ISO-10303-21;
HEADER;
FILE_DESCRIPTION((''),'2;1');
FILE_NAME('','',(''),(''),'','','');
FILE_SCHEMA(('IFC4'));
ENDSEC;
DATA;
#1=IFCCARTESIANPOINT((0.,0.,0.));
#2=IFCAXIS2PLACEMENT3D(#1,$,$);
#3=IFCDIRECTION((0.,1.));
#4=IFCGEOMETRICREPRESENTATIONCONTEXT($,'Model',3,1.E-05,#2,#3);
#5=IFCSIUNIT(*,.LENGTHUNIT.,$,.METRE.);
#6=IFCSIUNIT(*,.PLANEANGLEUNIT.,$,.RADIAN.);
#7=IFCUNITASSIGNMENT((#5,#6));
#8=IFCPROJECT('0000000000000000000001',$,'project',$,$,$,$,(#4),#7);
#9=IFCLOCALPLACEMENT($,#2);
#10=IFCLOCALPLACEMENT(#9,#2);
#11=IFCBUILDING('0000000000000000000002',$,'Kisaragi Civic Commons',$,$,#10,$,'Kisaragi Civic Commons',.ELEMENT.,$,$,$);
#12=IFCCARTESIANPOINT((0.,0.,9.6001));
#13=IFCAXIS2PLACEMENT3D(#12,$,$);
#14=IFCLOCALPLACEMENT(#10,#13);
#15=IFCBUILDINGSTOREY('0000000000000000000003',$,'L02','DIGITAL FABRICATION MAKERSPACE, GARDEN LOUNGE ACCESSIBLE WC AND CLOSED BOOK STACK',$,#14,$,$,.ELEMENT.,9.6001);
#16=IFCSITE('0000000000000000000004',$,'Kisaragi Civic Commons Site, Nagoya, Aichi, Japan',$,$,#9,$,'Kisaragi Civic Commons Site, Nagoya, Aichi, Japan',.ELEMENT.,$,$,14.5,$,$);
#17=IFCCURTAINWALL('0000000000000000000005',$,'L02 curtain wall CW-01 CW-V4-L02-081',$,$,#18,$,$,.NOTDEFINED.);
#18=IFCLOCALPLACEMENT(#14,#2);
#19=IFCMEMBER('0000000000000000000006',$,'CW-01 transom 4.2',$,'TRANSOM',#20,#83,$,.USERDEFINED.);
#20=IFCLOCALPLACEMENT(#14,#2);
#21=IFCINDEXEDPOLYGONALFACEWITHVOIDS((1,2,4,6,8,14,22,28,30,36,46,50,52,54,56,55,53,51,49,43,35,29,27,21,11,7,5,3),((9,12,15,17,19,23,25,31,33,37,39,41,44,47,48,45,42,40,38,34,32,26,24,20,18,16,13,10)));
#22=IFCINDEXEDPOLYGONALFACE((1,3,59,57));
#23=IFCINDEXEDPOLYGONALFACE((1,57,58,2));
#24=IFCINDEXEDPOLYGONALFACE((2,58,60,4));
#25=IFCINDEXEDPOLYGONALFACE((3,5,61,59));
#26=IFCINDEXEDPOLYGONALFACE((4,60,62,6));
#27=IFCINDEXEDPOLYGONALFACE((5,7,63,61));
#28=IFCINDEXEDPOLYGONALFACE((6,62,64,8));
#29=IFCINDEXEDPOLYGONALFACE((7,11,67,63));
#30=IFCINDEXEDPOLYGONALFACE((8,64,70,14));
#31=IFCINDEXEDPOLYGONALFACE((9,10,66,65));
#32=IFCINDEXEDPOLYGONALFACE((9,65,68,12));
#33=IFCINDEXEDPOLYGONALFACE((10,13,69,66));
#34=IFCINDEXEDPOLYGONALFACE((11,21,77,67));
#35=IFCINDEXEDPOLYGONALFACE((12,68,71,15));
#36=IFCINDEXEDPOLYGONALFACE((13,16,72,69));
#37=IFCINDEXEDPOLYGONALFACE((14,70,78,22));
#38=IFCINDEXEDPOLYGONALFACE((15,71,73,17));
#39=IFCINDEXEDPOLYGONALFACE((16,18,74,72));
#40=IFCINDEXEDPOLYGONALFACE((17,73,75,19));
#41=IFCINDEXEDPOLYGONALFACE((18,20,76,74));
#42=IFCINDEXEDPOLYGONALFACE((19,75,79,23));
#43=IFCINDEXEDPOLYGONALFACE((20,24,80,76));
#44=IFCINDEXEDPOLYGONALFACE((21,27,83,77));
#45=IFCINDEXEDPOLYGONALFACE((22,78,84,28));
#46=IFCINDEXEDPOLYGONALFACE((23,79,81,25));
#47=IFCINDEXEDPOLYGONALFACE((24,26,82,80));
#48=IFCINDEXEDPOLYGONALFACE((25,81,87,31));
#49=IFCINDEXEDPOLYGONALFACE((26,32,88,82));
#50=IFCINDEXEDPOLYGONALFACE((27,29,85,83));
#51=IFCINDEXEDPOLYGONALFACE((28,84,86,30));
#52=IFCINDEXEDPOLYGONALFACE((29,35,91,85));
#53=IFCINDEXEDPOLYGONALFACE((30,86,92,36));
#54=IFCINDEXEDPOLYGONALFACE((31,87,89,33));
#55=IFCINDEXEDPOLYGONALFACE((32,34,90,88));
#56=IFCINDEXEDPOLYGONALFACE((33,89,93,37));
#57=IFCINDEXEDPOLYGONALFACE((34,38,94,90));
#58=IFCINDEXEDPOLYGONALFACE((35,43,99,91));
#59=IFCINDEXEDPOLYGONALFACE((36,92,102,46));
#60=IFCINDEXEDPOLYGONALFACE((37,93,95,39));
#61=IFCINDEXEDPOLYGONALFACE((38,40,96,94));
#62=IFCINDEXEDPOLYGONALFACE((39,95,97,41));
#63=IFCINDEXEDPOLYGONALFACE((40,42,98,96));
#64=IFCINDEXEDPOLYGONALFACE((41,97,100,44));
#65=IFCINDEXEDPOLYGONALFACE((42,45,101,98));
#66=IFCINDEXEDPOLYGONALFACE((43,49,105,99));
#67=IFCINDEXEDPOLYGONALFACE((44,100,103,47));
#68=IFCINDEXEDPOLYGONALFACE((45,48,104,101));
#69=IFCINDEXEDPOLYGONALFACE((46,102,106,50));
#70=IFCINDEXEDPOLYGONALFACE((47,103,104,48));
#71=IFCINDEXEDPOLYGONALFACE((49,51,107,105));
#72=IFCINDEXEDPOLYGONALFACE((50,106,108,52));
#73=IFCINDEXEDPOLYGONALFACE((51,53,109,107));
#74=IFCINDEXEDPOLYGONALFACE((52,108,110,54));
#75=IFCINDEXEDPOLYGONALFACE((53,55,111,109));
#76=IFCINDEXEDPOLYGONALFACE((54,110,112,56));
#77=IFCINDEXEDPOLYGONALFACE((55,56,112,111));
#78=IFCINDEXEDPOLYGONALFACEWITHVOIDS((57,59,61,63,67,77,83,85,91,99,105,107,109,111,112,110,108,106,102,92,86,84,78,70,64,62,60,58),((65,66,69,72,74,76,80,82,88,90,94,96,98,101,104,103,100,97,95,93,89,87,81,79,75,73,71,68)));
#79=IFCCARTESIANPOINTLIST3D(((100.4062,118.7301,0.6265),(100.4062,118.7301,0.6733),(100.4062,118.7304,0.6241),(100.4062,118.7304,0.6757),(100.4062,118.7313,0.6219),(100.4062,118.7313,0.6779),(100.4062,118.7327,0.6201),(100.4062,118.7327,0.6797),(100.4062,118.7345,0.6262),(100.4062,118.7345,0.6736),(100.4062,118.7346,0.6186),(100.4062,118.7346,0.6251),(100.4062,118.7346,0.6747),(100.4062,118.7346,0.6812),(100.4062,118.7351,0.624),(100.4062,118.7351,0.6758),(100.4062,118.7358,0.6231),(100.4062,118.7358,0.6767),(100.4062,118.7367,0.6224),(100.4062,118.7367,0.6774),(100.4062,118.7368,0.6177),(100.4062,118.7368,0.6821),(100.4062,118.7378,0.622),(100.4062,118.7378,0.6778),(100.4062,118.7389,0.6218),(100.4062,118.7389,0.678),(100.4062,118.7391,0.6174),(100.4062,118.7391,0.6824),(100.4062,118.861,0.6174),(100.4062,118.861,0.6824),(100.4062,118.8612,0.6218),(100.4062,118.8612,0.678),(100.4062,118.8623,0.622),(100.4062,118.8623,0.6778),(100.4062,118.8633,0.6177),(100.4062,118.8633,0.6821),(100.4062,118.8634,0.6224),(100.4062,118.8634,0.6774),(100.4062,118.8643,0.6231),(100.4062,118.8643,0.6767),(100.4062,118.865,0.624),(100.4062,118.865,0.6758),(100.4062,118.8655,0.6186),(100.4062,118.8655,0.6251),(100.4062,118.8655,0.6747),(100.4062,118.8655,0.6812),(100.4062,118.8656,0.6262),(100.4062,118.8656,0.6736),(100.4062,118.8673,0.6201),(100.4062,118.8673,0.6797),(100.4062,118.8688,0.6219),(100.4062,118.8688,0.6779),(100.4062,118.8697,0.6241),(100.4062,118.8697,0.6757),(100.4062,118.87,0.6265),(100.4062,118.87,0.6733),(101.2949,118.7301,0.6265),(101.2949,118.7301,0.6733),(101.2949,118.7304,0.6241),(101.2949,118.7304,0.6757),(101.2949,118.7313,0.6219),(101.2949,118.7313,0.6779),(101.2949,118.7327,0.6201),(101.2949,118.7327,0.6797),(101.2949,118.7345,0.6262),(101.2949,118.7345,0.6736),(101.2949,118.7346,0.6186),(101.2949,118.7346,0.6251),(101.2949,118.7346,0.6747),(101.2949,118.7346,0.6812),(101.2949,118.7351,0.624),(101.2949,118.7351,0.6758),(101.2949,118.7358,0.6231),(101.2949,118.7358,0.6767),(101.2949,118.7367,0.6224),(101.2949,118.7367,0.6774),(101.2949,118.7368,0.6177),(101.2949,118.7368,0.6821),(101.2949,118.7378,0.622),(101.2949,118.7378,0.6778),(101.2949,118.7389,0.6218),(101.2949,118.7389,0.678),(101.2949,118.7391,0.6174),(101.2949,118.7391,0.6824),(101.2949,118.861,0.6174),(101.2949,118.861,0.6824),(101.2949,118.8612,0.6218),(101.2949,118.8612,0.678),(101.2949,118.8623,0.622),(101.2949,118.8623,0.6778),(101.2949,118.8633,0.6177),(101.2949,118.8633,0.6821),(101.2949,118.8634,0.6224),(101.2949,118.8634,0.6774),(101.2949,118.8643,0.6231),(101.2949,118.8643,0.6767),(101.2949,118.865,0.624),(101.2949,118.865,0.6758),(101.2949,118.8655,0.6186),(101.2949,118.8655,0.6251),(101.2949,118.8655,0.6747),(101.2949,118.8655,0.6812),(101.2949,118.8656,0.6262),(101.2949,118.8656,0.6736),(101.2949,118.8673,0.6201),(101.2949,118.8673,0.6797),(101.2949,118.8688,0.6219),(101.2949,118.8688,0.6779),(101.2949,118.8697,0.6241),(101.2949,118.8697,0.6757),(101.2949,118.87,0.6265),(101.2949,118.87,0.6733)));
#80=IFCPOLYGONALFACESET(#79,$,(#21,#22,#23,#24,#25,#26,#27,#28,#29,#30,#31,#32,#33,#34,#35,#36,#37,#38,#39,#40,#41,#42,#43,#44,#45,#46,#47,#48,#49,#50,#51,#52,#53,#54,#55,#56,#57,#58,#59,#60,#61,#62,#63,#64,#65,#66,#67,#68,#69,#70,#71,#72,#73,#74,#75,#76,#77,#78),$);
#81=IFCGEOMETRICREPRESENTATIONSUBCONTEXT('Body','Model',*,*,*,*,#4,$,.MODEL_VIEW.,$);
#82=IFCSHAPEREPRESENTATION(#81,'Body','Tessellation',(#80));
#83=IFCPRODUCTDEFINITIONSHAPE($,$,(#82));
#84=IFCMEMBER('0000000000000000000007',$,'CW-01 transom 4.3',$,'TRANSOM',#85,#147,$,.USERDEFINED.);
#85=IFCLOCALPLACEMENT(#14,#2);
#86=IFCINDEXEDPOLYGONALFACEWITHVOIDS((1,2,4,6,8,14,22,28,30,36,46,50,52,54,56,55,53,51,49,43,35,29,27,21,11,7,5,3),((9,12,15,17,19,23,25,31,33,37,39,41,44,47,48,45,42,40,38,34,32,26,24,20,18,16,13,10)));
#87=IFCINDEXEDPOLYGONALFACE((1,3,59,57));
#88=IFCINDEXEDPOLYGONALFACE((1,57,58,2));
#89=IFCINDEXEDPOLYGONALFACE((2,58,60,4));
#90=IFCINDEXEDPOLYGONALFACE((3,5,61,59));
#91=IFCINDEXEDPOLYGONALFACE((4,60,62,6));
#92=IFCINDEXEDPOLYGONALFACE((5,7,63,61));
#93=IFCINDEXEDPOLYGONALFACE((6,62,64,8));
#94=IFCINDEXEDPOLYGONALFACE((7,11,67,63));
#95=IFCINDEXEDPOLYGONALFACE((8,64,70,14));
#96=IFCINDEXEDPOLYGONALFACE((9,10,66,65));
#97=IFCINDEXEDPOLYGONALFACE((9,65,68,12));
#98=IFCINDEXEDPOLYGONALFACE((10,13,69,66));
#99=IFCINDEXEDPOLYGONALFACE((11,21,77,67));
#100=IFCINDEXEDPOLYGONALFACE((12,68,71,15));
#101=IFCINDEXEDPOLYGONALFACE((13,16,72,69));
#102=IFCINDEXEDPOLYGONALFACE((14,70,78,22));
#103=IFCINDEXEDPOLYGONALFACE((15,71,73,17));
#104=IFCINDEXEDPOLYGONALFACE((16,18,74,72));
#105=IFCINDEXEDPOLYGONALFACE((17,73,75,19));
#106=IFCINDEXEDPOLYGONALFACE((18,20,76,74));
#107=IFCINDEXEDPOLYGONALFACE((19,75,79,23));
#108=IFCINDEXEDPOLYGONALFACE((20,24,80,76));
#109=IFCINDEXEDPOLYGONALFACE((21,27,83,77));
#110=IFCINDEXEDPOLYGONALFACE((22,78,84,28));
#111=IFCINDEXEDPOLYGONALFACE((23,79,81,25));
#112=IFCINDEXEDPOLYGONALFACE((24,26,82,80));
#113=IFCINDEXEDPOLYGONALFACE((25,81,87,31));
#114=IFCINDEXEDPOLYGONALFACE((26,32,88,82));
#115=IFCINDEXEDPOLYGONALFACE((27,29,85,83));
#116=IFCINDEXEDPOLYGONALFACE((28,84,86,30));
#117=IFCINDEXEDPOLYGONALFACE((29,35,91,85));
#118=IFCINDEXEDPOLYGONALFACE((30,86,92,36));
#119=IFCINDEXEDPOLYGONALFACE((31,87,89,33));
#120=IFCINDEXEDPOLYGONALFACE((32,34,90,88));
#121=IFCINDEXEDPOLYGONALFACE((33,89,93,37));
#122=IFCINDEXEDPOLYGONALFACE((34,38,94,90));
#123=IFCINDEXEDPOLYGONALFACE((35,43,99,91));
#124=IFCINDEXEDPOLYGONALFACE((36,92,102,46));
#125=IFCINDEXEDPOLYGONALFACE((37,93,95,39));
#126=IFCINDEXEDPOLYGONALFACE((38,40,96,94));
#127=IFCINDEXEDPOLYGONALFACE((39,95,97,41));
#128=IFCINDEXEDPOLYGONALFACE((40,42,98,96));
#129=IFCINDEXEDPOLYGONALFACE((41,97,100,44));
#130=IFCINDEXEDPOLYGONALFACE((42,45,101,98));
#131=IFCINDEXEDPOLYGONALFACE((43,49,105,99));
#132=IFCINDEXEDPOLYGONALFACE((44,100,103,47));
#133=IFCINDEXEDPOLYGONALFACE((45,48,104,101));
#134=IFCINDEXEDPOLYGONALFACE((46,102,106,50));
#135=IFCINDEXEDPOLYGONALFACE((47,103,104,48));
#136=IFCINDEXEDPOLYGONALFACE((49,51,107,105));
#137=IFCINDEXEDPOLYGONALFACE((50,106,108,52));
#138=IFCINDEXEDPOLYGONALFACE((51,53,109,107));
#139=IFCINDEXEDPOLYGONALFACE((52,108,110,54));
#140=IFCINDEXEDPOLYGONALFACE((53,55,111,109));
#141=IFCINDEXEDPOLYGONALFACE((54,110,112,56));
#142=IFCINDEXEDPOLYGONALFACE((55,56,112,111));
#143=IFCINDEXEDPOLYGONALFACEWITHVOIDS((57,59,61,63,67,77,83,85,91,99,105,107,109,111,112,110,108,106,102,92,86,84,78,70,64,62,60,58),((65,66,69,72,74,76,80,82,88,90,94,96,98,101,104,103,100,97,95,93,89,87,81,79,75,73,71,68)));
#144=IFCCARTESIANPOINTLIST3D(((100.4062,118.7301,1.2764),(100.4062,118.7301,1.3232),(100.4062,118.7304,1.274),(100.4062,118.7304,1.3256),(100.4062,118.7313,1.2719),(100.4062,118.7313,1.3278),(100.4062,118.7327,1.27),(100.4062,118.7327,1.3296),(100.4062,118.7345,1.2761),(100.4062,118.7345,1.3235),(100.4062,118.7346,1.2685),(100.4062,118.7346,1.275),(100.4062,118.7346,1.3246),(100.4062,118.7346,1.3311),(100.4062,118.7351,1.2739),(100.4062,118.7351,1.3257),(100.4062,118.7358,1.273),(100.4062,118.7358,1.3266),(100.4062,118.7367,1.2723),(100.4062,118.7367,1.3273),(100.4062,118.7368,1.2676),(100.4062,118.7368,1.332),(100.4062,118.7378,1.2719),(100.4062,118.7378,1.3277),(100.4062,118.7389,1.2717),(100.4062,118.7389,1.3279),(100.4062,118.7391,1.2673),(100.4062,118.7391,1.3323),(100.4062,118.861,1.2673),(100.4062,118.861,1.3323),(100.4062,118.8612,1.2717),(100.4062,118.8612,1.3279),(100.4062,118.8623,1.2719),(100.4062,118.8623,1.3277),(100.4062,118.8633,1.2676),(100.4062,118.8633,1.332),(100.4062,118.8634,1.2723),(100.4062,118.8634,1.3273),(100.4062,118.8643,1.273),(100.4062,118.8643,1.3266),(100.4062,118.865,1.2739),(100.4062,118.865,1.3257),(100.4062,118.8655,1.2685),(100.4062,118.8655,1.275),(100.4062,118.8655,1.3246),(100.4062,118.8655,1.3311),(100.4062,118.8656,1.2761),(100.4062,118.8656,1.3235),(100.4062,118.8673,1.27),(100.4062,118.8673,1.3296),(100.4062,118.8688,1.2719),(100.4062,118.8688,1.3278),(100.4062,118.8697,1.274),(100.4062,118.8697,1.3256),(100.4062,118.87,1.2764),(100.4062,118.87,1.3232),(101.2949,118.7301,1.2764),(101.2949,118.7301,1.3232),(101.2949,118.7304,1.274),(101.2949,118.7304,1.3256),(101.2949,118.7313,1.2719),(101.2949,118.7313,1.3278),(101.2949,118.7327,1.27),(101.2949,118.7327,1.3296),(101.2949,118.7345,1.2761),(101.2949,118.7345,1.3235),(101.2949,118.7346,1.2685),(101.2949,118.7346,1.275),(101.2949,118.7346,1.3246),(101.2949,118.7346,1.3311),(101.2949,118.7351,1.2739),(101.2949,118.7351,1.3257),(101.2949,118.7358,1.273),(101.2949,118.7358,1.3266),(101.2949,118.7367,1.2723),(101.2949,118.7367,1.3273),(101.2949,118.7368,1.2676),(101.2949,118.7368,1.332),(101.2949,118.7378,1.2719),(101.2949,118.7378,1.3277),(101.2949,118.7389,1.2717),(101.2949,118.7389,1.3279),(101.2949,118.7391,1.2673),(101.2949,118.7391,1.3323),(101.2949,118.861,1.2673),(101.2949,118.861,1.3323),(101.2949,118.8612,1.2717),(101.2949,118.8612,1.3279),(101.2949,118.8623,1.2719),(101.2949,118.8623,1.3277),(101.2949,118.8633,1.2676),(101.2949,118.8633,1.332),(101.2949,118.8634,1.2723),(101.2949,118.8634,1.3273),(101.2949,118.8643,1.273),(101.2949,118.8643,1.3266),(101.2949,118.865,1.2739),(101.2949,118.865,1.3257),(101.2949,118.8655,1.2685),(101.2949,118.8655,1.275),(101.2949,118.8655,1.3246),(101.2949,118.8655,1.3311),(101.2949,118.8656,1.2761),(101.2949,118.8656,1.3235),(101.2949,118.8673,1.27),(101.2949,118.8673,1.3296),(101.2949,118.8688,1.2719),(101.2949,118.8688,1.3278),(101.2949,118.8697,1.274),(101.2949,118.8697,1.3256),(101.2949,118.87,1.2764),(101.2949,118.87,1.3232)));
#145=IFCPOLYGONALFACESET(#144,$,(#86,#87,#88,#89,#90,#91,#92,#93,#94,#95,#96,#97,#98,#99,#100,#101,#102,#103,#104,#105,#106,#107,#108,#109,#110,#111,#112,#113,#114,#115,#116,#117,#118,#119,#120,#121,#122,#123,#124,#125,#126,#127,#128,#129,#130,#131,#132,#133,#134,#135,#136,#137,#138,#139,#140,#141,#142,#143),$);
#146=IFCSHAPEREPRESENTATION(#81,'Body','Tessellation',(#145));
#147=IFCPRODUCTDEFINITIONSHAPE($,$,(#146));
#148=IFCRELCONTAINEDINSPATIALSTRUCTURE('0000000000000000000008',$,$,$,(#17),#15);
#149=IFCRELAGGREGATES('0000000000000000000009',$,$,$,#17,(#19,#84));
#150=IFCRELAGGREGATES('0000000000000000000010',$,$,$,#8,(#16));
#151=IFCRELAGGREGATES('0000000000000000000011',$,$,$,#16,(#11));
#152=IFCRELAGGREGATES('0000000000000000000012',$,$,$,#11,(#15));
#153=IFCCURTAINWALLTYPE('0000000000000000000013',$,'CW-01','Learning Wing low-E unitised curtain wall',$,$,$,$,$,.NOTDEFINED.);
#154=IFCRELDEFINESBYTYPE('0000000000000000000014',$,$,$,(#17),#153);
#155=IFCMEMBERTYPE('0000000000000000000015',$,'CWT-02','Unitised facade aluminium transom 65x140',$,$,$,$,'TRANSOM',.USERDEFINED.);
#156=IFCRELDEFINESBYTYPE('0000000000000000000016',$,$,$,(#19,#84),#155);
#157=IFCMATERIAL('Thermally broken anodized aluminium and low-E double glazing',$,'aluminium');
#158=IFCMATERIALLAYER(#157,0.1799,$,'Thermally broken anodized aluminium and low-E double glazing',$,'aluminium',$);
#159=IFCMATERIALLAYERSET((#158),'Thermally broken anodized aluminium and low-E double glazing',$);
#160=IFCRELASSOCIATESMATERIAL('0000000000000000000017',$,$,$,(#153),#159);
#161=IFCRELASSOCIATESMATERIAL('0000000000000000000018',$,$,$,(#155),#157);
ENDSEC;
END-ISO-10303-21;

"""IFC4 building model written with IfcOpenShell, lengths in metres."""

from ifc_helpers import new_model, si_unit, direction, frame, origin, origin_2d, place, context, subcontext, project, spatial, hollow_rectangle, extrude, material, layer, layer_set, material_profile, profile_set, type_object, element, aggregate, save


model = new_model("IFC4")

# Units and contexts
model_context = context("Model", 3, precision=1e-05, world=origin(), true_north=direction((0.0, 1.0)))
body_context = subcontext(model_context, "Body", "Model", "MODEL_VIEW")
ifc_project = project(units=[si_unit("LENGTHUNIT", "METRE"), si_unit("PLANEANGLEUNIT", "RADIAN")], contexts=[model_context])

# Site, building, storey
site_placement = place(None, origin())
site = spatial("IfcSite", under=ifc_project, at=site_placement, Name="Kisaragi Civic Commons Site, Nagoya, Aichi, Japan", LongName="Kisaragi Civic Commons Site, Nagoya, Aichi, Japan", CompositionType="ELEMENT", RefElevation=14.5)
building_placement = place(site_placement, origin())
building = spatial("IfcBuilding", under=site, at=building_placement, Name="Kisaragi Civic Commons", LongName="Kisaragi Civic Commons", CompositionType="ELEMENT")
storey_placement = place(building_placement, frame((0.0, 0.0, 9.6001)))
storey = spatial("IfcBuildingStorey", under=building, at=storey_placement, Name="L02", Description="DIGITAL FABRICATION MAKERSPACE, GARDEN LOUNGE ACCESSIBLE WC AND CLOSED BOOK STACK", CompositionType="ELEMENT", Elevation=9.6001)

# Curtain wall
ifc_material = material(Name="Thermally broken anodized aluminium and low-E double glazing", Category="aluminium")
ifc_layer_1 = layer(ifc_material, 0.1799, Name="Thermally broken anodized aluminium and low-E double glazing", Category="aluminium")
ifc_layer_set_1 = layer_set([ifc_layer_1], Name="Thermally broken anodized aluminium and low-E double glazing")
curtain_wall_type = type_object("IfcCurtainWallType", Name="CW-01", Description="Learning Wing low-E unitised curtain wall", PredefinedType="NOTDEFINED", material=ifc_layer_set_1)
curtain_wall_1_placement = place(storey_placement, origin())
curtain_wall_1 = element("IfcCurtainWall", 1, at=curtain_wall_1_placement, inside=storey, type_object=curtain_wall_type, Name="L02 curtain wall CW-01 CW-V4-L02-081", PredefinedType="NOTDEFINED")

# Members
ifc_material_profile_1 = material_profile(ifc_material, hollow_rectangle(XDim=0.1399, YDim=0.0649, WallThickness=0.0044, InnerFilletRadius=0.0044, OuterFilletRadius=0.009, at=origin_2d()), Name="CWT-65x140x4.5", Category="aluminium")
ifc_profile_set_1 = profile_set([ifc_material_profile_1], Name="Thermally broken anodized aluminium and low-E double glazing")
member_type_1 = type_object("IfcMemberType", Name="CWT-02", Description="Unitised facade aluminium transom 65x140", ElementType="TRANSOM", PredefinedType="USERDEFINED", material=ifc_profile_set_1)
member_1_placement = place(storey_placement, frame((100.4062, 118.8, 0.6499), z_axis=(1.0, 0.0, 0.0), x_axis=(0.0, 1.0, 0.0)))
member_1 = element("IfcMember", 2, at=member_1_placement, type_object=member_type_1, Name="CW-01 transom 4.2", ObjectType="TRANSOM", PredefinedType="USERDEFINED", context=body_context, shape_type="SweptSolid", body=[
    extrude(hollow_rectangle(XDim=0.1399, YDim=0.0649, WallThickness=0.0044, InnerFilletRadius=0.0044, OuterFilletRadius=0.009, at=origin_2d()), origin(), (0.0, 0.0, 1.0), 0.8887),
])
member_2_placement = place(storey_placement, frame((100.4062, 118.8, 1.2998), z_axis=(1.0, 0.0, 0.0), x_axis=(0.0, 1.0, 0.0)))
member_2 = element("IfcMember", 3, at=member_2_placement, type_object=member_type_1, Name="CW-01 transom 4.3", ObjectType="TRANSOM", PredefinedType="USERDEFINED", context=body_context, shape_type="SweptSolid", body=[
    extrude(hollow_rectangle(XDim=0.1399, YDim=0.0649, WallThickness=0.0044, InnerFilletRadius=0.0044, OuterFilletRadius=0.009, at=origin_2d()), origin(), (0.0, 0.0, 1.0), 0.8887),
])

aggregate(curtain_wall_1, [member_1, member_2])

save(model, "model.ifc")
